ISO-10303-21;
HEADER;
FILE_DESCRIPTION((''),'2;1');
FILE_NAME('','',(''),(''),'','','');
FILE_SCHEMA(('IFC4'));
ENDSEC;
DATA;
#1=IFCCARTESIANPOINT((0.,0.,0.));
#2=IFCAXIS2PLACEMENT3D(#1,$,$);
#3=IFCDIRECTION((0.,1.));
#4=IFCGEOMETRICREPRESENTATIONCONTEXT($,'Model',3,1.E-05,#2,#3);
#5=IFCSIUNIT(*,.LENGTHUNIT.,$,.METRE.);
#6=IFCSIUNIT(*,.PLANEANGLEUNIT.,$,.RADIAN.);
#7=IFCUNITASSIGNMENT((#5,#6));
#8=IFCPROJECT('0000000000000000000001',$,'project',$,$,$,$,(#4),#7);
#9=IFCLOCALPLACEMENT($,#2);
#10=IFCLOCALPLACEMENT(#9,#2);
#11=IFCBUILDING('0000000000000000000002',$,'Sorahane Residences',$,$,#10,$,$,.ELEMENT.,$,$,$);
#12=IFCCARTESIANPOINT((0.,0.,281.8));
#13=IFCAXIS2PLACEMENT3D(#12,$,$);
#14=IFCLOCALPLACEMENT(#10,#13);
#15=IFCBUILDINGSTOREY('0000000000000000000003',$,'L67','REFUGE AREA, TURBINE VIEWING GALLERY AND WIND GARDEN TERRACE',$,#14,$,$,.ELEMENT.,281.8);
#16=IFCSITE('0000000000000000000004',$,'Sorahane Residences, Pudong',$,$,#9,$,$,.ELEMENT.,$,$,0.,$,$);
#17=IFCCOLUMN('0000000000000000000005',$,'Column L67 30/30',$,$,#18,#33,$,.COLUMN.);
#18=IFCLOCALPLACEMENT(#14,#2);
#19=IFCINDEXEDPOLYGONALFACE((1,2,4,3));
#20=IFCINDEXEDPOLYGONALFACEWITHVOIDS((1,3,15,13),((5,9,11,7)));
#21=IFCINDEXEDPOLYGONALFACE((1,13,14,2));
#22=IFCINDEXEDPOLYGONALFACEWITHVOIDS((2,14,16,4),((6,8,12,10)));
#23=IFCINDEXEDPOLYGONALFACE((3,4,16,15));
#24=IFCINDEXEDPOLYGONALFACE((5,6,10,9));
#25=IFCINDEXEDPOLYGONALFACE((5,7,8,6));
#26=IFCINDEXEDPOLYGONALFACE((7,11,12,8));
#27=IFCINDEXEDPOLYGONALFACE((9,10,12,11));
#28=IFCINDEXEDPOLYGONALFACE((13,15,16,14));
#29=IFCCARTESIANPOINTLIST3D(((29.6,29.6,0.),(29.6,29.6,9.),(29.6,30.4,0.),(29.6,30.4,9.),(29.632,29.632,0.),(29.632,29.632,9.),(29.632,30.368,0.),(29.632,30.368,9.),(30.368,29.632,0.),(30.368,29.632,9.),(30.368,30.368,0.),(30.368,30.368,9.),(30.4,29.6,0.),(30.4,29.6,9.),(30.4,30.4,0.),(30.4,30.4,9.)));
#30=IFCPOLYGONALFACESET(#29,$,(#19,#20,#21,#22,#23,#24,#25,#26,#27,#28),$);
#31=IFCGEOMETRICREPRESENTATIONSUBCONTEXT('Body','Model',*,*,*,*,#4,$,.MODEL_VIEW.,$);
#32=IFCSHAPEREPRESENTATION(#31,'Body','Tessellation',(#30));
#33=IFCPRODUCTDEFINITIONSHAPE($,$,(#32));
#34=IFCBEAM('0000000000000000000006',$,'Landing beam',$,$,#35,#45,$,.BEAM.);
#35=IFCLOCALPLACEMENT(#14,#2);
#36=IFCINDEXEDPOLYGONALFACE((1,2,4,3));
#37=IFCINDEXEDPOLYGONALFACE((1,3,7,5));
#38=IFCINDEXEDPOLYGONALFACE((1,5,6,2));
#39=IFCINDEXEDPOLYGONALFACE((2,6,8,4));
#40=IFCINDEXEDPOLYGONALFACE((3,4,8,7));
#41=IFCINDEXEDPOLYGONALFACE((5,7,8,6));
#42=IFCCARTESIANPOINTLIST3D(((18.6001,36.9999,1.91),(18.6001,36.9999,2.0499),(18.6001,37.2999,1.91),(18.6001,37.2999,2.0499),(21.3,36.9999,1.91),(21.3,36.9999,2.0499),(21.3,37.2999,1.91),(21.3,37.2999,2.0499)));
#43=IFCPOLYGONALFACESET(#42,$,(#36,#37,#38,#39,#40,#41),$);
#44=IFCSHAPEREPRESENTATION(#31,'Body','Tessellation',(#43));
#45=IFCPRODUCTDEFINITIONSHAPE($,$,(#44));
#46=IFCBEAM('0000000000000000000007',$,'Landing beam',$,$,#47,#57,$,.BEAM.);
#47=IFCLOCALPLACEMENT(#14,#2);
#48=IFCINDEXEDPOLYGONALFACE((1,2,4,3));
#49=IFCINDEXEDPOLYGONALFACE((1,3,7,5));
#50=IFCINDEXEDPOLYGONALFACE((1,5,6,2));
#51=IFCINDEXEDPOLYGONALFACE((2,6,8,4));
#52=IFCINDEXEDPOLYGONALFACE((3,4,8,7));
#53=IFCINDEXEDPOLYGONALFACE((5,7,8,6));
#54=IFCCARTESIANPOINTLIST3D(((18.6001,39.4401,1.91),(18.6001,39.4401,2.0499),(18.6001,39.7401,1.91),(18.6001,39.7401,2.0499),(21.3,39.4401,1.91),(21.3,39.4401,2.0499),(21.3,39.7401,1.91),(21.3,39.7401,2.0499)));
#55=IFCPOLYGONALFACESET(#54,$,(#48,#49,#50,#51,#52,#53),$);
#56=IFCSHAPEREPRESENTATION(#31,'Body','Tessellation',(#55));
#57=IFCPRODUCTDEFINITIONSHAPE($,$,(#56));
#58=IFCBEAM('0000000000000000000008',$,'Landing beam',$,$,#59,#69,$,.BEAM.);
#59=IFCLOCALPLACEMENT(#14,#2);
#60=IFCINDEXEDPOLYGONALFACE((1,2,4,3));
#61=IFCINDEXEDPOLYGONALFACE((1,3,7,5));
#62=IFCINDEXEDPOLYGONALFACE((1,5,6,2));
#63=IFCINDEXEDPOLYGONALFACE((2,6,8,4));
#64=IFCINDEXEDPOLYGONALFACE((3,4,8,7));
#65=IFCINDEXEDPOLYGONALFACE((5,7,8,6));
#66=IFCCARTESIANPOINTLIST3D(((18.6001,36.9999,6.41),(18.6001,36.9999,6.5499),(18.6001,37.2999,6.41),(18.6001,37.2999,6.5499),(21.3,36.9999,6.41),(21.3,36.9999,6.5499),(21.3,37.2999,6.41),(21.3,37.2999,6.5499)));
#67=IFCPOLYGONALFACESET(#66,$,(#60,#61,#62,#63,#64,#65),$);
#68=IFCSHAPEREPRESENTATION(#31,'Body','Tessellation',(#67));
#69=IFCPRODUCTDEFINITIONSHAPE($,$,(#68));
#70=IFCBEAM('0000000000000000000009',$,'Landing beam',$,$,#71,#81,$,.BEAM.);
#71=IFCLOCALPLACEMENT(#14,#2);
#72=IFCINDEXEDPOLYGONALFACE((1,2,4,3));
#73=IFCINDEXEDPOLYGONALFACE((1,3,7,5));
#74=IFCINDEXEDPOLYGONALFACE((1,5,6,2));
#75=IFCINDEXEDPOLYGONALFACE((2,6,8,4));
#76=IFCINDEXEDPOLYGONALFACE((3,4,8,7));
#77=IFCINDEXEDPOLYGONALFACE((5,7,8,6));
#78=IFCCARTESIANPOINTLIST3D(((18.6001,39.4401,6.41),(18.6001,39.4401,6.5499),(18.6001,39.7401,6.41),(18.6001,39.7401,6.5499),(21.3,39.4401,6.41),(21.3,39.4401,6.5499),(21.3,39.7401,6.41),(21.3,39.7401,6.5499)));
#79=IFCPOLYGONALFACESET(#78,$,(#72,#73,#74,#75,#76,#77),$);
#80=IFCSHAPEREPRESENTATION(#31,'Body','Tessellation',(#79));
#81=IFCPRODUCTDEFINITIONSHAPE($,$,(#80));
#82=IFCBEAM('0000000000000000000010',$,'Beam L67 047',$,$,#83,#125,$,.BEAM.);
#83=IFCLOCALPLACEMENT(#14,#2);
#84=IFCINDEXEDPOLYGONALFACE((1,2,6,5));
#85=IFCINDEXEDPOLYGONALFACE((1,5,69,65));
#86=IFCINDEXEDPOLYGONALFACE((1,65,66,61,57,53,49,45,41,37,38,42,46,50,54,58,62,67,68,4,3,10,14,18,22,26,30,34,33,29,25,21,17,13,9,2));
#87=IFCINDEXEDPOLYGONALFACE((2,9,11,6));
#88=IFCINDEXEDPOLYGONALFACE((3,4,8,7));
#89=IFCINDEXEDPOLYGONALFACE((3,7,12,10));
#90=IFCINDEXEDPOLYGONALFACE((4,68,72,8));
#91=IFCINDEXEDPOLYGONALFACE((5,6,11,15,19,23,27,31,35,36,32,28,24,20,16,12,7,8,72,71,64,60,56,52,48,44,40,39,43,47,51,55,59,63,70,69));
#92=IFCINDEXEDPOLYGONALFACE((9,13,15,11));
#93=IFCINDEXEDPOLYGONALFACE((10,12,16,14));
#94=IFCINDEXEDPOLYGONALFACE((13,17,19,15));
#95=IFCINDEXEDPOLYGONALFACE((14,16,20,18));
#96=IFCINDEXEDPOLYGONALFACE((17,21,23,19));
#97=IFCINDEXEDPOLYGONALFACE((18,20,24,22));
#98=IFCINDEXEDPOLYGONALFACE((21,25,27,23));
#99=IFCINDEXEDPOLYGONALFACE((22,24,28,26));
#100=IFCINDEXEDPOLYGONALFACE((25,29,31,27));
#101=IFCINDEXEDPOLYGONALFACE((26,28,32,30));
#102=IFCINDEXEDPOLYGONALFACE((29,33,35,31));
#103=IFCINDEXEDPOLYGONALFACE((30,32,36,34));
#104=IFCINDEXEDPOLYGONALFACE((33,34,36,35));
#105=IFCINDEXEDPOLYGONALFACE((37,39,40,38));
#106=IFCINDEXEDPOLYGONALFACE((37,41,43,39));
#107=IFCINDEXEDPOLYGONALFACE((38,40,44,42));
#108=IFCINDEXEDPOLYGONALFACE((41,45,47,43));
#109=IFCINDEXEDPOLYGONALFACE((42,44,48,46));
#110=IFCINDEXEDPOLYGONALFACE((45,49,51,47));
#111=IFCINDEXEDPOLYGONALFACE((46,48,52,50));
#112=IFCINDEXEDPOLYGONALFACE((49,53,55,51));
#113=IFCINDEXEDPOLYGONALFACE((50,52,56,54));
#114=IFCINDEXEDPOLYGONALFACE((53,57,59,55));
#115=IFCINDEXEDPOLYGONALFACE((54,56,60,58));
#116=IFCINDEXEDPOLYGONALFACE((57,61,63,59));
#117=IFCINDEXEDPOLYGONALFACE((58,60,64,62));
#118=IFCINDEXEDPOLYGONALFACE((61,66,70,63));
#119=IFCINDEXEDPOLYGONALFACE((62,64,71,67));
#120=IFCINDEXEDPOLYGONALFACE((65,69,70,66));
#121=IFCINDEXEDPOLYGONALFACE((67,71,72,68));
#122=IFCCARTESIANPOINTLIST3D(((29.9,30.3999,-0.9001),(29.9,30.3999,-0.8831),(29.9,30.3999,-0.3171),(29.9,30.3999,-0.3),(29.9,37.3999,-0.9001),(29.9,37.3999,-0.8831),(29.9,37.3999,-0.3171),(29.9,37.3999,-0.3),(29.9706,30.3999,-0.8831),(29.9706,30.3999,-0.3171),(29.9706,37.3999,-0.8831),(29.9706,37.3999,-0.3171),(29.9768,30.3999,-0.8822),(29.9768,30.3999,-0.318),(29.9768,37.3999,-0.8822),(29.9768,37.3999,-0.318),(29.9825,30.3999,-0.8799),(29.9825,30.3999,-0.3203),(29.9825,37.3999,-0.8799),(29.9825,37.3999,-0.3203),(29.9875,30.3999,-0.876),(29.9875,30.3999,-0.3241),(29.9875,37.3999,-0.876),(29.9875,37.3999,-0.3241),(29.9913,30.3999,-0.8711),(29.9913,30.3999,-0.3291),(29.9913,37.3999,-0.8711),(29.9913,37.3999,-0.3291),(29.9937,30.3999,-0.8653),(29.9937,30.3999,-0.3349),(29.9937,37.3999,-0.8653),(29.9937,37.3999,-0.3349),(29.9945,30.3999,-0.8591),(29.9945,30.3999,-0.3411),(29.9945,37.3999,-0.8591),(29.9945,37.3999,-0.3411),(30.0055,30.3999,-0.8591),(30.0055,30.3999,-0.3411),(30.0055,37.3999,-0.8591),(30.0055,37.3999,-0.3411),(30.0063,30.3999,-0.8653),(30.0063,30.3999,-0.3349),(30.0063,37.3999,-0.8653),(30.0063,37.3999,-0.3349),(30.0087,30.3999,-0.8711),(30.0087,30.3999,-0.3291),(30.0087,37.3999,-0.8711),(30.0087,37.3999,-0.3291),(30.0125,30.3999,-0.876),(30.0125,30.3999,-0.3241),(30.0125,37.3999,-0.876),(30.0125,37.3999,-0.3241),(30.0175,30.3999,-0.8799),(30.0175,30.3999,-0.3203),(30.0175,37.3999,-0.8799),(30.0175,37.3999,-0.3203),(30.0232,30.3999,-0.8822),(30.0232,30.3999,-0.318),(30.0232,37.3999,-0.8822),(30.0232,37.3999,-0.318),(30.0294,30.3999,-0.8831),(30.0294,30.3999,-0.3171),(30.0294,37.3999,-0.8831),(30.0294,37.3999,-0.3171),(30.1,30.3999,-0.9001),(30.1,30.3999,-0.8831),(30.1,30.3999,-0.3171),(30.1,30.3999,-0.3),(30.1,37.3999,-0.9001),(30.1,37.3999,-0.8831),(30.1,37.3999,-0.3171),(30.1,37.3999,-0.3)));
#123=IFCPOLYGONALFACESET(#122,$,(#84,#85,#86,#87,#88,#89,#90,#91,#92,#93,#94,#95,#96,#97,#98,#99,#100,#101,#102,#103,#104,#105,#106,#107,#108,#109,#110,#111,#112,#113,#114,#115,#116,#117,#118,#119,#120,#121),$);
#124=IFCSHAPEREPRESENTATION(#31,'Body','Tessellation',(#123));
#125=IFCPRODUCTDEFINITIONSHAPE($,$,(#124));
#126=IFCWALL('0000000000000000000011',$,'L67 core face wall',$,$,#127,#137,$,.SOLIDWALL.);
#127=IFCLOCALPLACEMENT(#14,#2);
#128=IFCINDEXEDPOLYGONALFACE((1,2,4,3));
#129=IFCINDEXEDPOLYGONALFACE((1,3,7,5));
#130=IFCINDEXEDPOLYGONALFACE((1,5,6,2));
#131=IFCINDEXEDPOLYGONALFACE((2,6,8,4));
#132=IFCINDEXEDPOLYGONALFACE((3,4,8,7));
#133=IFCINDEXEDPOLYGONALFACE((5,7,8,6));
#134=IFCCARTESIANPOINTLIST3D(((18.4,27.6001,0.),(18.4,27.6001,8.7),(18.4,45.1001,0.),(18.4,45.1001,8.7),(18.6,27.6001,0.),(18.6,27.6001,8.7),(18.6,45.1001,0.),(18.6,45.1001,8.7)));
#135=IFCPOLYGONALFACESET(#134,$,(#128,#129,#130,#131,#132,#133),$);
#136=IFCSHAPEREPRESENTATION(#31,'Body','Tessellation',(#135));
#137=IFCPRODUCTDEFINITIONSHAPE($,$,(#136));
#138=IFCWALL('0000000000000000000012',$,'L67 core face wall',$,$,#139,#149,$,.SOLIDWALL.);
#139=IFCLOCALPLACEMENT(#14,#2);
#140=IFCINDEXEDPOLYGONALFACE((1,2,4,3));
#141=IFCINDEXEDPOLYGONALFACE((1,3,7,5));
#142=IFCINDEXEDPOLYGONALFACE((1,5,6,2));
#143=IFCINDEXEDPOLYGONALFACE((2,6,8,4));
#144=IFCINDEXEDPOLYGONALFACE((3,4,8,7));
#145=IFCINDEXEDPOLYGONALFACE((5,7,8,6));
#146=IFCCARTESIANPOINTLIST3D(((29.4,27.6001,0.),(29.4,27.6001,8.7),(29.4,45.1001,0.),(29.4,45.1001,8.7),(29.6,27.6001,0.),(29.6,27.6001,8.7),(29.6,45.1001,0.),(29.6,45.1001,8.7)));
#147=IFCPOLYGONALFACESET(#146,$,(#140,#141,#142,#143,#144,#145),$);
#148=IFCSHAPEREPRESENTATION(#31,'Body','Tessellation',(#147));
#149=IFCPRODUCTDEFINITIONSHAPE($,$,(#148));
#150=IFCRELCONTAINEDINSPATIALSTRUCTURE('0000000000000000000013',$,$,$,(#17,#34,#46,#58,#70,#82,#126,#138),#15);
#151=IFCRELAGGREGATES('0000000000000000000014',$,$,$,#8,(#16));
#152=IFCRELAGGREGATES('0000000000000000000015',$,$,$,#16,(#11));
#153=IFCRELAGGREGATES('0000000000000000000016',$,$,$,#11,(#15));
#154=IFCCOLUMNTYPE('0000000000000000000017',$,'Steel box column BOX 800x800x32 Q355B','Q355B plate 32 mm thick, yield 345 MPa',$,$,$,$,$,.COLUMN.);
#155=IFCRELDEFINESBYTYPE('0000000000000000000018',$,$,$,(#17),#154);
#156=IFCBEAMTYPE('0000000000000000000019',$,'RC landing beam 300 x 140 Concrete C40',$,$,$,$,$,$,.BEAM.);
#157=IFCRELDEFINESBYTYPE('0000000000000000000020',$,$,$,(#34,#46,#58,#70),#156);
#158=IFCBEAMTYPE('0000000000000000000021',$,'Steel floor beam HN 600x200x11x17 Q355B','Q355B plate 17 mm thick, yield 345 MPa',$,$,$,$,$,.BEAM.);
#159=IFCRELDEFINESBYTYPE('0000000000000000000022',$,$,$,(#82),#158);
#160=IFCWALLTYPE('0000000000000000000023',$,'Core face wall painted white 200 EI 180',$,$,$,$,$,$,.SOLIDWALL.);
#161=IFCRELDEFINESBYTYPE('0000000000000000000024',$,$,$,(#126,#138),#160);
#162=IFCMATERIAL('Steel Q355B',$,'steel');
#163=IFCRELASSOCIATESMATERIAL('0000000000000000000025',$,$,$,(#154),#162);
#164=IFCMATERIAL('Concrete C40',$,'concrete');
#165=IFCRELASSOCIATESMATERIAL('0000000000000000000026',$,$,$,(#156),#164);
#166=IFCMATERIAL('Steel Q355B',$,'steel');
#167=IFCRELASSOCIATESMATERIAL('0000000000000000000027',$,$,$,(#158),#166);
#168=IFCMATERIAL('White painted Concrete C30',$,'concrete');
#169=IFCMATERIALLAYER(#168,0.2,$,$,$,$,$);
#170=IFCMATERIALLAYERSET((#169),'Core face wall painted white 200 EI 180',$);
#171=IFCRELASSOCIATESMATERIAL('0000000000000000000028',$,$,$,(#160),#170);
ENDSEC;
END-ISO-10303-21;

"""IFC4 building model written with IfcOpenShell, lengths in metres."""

from ifc_helpers import new_model, si_unit, direction, frame, frame_2d, origin, origin_2d, place, context, subcontext, project, spatial, rectangle, hollow_rectangle, i_section, extrude, material, layer, layer_set, material_profile, profile_set, type_object, element, save


model = new_model("IFC4")

# Units and contexts
model_context = context("Model", 3, precision=1e-05, world=origin(), true_north=direction((0.0, 1.0)))
body_context = subcontext(model_context, "Body", "Model", "MODEL_VIEW")
ifc_project = project(units=[si_unit("LENGTHUNIT", "METRE"), si_unit("PLANEANGLEUNIT", "RADIAN")], contexts=[model_context])

# Site, building, storey
site_placement = place(None, origin())
site = spatial("IfcSite", under=ifc_project, at=site_placement, Name="Sorahane Residences, Pudong", CompositionType="ELEMENT", RefElevation=0.0)
building_placement = place(site_placement, origin())
building = spatial("IfcBuilding", under=site, at=building_placement, Name="Sorahane Residences", CompositionType="ELEMENT")
storey_placement = place(building_placement, frame((0.0, 0.0, 281.8)))
storey = spatial("IfcBuildingStorey", under=building, at=storey_placement, Name="L67", Description="REFUGE AREA, TURBINE VIEWING GALLERY AND WIND GARDEN TERRACE", CompositionType="ELEMENT", Elevation=281.8)

# Column
ifc_material_1 = material(Name="Steel Q355B", Category="steel")
ifc_material_profile_1 = material_profile(ifc_material_1, hollow_rectangle(XDim=0.8, YDim=0.8, WallThickness=0.032, at=origin_2d()), Name="BOX 800x800x32")
ifc_profile_set_1 = profile_set([ifc_material_profile_1], Name="Steel Q355B")
column_type = type_object("IfcColumnType", Name="Steel box column BOX 800x800x32 Q355B", Description="Q355B plate 32 mm thick, yield 345 MPa", PredefinedType="COLUMN", material=ifc_profile_set_1)
column_placement = place(storey_placement, frame((30.0, 30.0, 0.0), z_axis=(0.0, 0.0, 1.0), x_axis=(1.0, 0.0, 0.0)))
element("IfcColumn", 1, at=column_placement, inside=storey, type_object=column_type, Name="Column L67 30/30", PredefinedType="COLUMN", context=body_context, shape_type="SweptSolid", body=[
    extrude(hollow_rectangle(XDim=0.8, YDim=0.8, WallThickness=0.032, at=origin_2d()), origin(), (0.0, 0.0, 1.0), 9.0),
])

# Beams
ifc_material_2 = material(Name="Concrete C40", Category="concrete")
ifc_material_profile_2 = material_profile(ifc_material_2, rectangle(XDim=0.3, YDim=0.1399, at=origin_2d()), Name="300x140")
ifc_profile_set_2 = profile_set([ifc_material_profile_2], Name="Concrete C40")
beam_type_1 = type_object("IfcBeamType", Name="RC landing beam 300 x 140 Concrete C40", PredefinedType="BEAM", material=ifc_profile_set_2)
for number, where, z_axis, x_axis, name in (
    (2, (18.6001, 37.1499, 1.98), (1.0, 0.0, 0.0), (0.0, 1.0, 0.0), "Landing beam"),
    (3, (18.6001, 39.5901, 1.98), (1.0, 0.0, 0.0), (0.0, 1.0, 0.0), "Landing beam"),
    (4, (18.6001, 37.1499, 6.48), (1.0, 0.0, 0.0), (0.0, 1.0, 0.0), "Landing beam"),
    (5, (18.6001, 39.5901, 6.48), (1.0, 0.0, 0.0), (0.0, 1.0, 0.0), "Landing beam"),
):
    element("IfcBeam", number, at=place(storey_placement, frame(where, z_axis=z_axis, x_axis=x_axis)), inside=storey, type_object=beam_type_1, Name=name, PredefinedType="BEAM", context=body_context, shape_type="SweptSolid", body=[
        extrude(rectangle(XDim=0.3, YDim=0.1399, at=origin_2d()), origin(), (0.0, 0.0, 1.0), 2.7),
    ])
ifc_material_3 = material(Name="Steel Q355B", Category="steel")
ifc_material_profile_3 = material_profile(ifc_material_3, i_section(OverallWidth=0.2, OverallDepth=0.6001, WebThickness=0.011, FlangeThickness=0.0171, FilletRadius=0.0239, at=origin_2d()), Name="HN 600x200x11x17")
ifc_profile_set_3 = profile_set([ifc_material_profile_3], Name="Steel Q355B")
beam_type_2 = type_object("IfcBeamType", Name="Steel floor beam HN 600x200x11x17 Q355B", Description="Q355B plate 17 mm thick, yield 345 MPa", PredefinedType="BEAM", material=ifc_profile_set_3)
beam_placement = place(storey_placement, frame((30.0, 30.3999, -0.6001), z_axis=(0.0, 1.0, 0.0), x_axis=(-1.0, 0.0, 0.0)))
element("IfcBeam", 6, at=beam_placement, inside=storey, type_object=beam_type_2, Name="Beam L67 047", PredefinedType="BEAM", context=body_context, shape_type="SweptSolid", body=[
    extrude(i_section(OverallWidth=0.2, OverallDepth=0.6001, WebThickness=0.011, FlangeThickness=0.0171, FilletRadius=0.0239, at=origin_2d()), origin(), (0.0, 0.0, 1.0), 7.0),
])

# Walls
ifc_material_4 = material(Name="White painted Concrete C30", Category="concrete")
ifc_layer_1 = layer(ifc_material_4, 0.2)
ifc_layer_set_1 = layer_set([ifc_layer_1], Name="Core face wall painted white 200 EI 180")
wall_type_1 = type_object("IfcWallType", Name="Core face wall painted white 200 EI 180", PredefinedType="SOLIDWALL", material=ifc_layer_set_1)
for number, where, z_axis, x_axis, name in (
    (7, (18.5, 27.6001, 0.0), (0.0, 0.0, 1.0), (0.0, 1.0, 0.0), "L67 core face wall"),
    (8, (29.5, 27.6001, 0.0), (0.0, 0.0, 1.0), (0.0, 1.0, 0.0), "L67 core face wall"),
):
    element("IfcWall", number, at=place(storey_placement, frame(where, z_axis=z_axis, x_axis=x_axis)), inside=storey, type_object=wall_type_1, Name=name, PredefinedType="SOLIDWALL", context=body_context, shape_type="SweptSolid", body=[
        extrude(rectangle(XDim=17.5, YDim=0.2, at=frame_2d((8.75, 0.0))), origin(), (0.0, 0.0, 1.0), 8.7),
    ])

save(model, "model.ifc")
